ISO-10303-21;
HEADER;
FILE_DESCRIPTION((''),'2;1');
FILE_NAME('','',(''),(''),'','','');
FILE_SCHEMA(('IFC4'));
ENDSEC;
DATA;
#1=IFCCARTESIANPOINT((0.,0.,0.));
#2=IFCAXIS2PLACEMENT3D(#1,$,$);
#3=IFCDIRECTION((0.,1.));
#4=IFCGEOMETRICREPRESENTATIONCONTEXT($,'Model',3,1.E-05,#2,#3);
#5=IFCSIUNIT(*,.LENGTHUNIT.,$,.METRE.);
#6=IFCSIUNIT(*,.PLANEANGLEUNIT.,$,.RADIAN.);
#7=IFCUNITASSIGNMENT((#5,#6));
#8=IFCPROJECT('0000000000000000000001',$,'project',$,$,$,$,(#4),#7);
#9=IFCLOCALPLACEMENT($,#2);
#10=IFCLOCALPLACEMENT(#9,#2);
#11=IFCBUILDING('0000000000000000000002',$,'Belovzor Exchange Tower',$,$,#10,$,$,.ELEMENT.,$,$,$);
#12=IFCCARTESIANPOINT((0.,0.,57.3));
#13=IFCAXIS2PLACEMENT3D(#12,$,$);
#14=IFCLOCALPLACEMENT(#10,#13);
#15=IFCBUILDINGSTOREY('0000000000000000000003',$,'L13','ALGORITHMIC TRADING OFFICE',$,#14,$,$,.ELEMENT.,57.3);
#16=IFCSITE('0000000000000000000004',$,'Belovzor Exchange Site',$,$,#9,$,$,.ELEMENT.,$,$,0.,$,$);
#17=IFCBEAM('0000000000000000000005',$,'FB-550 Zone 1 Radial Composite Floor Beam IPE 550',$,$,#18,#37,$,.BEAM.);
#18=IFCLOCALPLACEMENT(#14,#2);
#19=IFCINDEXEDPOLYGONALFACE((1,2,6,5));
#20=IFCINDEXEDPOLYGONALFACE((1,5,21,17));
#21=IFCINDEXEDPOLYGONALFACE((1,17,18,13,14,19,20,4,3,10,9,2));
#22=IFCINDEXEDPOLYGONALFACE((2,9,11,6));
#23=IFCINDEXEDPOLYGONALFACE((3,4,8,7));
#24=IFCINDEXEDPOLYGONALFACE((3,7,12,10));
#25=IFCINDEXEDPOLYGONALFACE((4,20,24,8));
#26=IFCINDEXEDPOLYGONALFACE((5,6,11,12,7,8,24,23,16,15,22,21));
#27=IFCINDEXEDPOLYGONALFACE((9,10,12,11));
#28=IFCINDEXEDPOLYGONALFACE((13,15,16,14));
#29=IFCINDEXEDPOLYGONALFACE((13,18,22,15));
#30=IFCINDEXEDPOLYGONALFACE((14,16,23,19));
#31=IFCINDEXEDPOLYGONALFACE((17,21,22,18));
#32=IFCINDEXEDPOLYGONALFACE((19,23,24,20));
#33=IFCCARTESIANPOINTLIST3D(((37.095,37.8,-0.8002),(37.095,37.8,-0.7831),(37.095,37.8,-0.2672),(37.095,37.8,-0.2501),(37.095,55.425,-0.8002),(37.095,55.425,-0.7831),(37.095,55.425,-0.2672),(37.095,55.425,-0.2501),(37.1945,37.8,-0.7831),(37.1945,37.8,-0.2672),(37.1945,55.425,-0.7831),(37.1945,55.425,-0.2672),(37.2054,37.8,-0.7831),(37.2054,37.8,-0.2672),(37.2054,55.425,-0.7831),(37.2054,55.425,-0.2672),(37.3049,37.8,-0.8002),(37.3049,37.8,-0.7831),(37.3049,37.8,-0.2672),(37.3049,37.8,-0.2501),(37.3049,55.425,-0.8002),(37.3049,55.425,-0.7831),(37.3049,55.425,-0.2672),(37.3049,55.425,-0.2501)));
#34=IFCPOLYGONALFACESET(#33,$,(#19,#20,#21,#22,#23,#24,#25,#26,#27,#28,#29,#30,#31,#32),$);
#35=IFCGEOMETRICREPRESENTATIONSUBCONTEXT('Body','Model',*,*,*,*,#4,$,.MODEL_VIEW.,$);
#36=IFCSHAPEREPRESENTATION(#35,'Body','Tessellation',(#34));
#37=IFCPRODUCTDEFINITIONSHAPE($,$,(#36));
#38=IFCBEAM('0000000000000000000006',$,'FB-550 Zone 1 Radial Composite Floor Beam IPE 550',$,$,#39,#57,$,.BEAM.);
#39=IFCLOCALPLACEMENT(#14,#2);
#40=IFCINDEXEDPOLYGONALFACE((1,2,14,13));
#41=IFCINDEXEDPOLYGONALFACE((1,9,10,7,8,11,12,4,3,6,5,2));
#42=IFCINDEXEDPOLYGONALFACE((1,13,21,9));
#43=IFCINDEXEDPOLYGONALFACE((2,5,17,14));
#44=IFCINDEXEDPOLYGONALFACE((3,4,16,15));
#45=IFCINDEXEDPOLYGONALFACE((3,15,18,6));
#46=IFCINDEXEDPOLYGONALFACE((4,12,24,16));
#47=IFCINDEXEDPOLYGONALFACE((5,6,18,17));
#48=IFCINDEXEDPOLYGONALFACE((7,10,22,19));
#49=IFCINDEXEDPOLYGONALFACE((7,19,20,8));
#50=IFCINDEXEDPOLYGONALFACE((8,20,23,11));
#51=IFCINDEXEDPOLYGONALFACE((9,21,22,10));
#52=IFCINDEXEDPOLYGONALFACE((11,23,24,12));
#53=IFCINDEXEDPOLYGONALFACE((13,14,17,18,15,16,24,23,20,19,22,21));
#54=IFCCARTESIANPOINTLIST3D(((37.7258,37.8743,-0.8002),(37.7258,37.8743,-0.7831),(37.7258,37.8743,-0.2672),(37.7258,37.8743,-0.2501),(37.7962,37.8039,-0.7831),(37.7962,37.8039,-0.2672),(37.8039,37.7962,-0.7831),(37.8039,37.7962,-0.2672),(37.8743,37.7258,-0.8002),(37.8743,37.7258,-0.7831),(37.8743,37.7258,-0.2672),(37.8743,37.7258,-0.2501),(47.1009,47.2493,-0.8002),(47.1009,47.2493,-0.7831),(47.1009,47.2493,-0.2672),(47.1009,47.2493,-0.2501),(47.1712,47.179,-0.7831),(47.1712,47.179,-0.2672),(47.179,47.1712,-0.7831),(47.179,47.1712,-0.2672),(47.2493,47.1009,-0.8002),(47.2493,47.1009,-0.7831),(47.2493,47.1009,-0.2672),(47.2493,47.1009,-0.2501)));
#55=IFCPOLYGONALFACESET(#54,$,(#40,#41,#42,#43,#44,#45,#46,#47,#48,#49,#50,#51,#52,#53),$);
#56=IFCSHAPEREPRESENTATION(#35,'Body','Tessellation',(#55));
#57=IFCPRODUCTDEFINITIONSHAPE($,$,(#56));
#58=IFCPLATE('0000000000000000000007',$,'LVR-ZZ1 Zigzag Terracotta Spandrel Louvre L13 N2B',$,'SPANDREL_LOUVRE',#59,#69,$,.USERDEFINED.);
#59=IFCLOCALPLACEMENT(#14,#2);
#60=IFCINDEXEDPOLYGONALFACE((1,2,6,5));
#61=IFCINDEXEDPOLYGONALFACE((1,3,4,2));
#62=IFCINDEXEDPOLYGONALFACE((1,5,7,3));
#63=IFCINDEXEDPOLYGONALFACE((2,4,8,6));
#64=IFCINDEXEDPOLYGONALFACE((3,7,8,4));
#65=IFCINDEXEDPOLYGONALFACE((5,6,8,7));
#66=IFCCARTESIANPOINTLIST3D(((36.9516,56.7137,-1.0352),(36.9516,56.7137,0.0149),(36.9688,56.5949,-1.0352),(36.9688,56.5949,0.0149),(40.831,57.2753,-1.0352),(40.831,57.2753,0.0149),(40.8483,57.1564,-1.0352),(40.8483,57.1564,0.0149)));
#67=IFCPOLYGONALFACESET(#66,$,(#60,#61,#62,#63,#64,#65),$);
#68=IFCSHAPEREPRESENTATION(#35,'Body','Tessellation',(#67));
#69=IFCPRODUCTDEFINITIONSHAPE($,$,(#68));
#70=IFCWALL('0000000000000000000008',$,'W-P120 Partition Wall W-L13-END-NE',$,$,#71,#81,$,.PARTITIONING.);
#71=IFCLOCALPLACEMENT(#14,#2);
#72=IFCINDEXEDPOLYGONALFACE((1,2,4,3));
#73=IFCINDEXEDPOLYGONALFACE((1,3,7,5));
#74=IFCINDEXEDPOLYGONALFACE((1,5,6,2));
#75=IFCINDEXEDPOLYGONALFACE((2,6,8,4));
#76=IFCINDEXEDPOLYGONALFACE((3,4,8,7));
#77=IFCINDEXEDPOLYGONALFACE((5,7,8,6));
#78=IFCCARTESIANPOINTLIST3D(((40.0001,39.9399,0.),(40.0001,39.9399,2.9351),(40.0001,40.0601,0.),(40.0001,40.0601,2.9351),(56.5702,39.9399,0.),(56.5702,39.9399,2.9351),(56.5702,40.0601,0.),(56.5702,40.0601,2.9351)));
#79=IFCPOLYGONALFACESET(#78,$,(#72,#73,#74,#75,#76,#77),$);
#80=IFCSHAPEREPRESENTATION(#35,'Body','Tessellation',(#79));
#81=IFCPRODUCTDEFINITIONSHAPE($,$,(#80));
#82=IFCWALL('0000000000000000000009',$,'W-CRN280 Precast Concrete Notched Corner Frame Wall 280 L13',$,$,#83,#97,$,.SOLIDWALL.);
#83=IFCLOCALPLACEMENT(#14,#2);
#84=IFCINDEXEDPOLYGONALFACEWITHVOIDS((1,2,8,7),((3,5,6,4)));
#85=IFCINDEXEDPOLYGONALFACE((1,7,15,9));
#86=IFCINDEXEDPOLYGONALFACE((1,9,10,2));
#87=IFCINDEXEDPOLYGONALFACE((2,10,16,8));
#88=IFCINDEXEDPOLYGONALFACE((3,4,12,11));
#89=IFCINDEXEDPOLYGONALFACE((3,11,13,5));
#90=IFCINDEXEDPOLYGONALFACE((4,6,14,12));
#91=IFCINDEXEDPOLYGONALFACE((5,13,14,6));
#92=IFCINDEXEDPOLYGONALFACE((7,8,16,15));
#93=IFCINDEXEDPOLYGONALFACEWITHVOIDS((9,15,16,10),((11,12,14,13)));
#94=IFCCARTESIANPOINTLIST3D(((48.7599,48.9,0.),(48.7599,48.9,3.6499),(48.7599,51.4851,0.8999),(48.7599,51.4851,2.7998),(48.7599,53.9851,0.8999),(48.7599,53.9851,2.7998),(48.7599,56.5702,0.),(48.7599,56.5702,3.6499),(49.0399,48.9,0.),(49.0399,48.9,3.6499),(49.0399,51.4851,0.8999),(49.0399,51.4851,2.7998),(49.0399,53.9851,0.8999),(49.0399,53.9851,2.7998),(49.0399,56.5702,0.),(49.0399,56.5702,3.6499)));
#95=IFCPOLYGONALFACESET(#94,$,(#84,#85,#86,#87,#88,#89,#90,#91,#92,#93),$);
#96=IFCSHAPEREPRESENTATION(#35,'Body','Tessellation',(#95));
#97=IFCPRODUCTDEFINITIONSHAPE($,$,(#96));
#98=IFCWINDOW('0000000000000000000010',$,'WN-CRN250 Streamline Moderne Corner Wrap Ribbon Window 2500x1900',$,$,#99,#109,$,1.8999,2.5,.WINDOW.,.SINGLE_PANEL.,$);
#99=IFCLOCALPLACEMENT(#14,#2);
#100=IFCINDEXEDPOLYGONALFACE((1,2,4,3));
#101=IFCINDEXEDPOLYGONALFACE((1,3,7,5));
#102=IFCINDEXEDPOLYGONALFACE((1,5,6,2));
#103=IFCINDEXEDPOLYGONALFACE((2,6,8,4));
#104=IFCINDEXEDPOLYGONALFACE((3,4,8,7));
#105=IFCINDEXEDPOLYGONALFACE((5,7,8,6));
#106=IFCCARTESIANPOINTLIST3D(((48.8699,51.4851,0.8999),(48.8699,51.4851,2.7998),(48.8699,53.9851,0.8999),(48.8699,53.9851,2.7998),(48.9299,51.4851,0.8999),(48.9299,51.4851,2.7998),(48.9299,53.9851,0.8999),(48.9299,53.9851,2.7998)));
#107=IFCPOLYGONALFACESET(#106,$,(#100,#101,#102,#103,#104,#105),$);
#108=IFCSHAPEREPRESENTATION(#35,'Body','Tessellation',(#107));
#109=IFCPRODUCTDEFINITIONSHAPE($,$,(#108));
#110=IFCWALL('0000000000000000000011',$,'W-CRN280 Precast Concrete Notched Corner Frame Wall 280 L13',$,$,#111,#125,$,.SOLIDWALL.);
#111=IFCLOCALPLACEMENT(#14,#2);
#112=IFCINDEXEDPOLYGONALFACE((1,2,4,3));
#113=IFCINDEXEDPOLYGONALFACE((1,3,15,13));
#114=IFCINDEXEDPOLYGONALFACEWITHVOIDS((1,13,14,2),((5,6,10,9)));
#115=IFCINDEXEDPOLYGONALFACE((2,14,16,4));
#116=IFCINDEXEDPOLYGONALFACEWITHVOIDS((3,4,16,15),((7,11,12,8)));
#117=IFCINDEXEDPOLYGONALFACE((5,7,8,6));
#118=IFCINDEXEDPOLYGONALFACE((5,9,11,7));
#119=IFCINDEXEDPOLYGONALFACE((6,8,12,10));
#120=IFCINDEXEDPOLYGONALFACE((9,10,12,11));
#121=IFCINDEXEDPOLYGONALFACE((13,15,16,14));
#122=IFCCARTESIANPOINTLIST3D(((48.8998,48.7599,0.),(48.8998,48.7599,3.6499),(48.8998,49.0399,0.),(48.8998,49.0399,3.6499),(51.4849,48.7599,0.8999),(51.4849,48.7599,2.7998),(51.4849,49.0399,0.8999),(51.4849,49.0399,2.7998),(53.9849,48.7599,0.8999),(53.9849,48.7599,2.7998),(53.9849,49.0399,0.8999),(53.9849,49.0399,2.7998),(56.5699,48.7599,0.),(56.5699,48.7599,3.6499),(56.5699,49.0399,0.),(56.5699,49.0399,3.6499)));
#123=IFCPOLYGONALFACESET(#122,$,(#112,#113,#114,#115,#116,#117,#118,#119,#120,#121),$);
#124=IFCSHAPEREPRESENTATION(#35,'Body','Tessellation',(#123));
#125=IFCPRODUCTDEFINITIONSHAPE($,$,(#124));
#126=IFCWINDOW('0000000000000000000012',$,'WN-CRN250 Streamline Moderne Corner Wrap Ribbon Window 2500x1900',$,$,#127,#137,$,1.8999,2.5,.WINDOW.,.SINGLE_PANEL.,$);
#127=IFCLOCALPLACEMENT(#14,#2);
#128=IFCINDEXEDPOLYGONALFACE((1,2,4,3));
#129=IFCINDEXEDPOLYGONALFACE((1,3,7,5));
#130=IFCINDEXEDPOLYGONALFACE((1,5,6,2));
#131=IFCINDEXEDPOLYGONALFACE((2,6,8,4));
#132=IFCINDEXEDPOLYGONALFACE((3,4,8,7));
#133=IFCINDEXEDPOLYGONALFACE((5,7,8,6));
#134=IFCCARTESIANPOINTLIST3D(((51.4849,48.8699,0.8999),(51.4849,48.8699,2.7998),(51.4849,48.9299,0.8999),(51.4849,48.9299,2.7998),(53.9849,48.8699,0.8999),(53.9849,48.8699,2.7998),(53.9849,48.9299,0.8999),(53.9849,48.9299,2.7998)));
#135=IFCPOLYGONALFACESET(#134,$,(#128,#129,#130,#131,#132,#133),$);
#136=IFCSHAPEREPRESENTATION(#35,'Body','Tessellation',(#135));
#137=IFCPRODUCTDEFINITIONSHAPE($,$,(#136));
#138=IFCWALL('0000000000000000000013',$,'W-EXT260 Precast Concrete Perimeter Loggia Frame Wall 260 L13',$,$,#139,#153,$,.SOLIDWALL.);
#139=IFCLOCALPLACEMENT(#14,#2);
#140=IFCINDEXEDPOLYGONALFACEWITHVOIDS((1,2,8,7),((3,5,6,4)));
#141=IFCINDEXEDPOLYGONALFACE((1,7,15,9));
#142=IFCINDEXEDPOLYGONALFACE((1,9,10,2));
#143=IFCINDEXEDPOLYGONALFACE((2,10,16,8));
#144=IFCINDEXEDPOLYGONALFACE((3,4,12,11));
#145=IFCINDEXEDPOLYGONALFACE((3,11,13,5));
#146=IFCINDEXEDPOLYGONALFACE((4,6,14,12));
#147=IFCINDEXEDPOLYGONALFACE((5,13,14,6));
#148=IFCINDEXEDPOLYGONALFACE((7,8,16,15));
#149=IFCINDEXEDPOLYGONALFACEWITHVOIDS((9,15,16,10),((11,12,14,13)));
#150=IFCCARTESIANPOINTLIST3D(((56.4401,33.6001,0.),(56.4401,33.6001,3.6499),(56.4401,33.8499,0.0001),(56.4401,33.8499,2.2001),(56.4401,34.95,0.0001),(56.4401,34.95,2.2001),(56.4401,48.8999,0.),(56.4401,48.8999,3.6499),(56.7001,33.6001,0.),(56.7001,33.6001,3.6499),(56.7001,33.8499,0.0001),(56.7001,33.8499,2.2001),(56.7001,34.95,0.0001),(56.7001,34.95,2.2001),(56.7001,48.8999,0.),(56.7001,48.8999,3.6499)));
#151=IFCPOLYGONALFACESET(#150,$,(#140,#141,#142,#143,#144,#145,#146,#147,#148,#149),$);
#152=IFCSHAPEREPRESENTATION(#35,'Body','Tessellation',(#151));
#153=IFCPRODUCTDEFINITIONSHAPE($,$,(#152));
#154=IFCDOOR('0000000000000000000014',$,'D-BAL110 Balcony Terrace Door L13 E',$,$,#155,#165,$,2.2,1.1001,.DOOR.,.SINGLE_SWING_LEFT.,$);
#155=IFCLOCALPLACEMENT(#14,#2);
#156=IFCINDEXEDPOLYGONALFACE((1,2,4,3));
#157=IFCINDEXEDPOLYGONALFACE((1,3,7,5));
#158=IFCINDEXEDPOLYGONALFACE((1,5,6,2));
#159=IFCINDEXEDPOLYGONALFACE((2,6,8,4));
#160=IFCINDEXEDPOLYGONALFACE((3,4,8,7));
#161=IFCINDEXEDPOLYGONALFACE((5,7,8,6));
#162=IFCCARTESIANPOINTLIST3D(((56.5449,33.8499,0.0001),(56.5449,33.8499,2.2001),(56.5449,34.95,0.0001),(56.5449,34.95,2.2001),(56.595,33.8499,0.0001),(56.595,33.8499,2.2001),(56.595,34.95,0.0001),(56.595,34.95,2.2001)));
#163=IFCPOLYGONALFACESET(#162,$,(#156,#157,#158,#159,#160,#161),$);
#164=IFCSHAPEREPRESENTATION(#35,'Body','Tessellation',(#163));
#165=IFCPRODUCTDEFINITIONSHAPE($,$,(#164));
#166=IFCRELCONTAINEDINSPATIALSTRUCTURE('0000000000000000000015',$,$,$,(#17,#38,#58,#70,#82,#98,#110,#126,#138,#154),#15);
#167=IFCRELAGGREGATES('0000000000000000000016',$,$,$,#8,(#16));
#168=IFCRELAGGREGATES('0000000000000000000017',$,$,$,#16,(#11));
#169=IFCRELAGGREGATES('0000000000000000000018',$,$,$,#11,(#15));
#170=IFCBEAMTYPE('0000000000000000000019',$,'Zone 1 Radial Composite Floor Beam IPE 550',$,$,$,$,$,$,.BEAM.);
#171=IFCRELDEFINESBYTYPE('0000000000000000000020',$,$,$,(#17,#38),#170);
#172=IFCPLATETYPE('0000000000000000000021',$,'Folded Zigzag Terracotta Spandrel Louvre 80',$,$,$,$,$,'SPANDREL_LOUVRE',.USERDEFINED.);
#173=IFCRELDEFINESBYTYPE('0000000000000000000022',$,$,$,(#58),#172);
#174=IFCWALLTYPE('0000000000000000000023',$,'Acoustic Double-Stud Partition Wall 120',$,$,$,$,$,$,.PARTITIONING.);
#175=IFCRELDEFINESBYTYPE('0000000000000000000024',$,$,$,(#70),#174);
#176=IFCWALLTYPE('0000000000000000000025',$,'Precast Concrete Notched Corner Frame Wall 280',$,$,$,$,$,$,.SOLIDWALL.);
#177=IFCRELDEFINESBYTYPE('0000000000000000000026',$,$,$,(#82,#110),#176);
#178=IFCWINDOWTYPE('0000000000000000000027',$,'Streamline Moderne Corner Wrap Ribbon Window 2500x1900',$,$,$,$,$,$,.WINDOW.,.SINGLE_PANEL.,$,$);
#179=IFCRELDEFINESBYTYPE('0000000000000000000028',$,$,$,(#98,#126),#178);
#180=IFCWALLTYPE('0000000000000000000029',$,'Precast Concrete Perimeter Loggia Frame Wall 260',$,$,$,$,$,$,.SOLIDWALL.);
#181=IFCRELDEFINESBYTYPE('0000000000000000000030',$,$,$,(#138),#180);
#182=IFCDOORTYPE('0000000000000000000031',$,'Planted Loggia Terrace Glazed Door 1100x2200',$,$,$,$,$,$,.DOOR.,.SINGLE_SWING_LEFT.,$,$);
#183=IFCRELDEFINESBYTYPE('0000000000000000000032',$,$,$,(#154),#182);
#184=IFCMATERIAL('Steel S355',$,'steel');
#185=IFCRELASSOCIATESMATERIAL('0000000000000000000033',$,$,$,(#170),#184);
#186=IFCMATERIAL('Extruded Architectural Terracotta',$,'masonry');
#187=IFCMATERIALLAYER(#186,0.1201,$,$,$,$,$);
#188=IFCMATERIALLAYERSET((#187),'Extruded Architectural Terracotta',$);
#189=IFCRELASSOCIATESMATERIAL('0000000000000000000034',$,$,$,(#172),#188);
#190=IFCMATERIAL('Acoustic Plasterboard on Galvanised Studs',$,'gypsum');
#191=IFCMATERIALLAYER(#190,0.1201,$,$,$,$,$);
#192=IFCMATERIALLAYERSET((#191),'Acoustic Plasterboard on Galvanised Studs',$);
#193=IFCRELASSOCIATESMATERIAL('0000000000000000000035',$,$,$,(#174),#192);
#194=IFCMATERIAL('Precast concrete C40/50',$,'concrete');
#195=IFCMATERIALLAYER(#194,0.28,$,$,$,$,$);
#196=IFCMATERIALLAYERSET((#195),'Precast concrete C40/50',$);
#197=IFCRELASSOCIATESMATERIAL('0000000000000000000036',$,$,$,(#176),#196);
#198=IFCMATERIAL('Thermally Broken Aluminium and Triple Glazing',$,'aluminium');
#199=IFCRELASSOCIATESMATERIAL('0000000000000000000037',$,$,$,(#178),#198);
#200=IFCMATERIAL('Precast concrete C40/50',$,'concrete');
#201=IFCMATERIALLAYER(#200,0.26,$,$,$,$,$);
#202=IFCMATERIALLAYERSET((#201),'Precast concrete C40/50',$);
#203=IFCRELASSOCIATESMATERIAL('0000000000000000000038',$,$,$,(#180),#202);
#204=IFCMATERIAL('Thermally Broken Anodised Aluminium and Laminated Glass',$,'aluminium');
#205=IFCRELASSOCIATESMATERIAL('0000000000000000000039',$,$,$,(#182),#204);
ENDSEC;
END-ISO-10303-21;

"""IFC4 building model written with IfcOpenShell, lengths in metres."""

from ifc_helpers import new_model, si_unit, direction, frame, frame_2d, origin, origin_2d, place, context, subcontext, project, spatial, rectangle, i_section, extrude, material, layer, layer_set, material_profile, profile_set, type_object, element, fill, save


model = new_model("IFC4")

# Units and contexts
model_context = context("Model", 3, precision=1e-05, world=origin(), true_north=direction((0.0, 1.0)))
body_context = subcontext(model_context, "Body", "Model", "MODEL_VIEW")
ifc_project = project(units=[si_unit("LENGTHUNIT", "METRE"), si_unit("PLANEANGLEUNIT", "RADIAN")], contexts=[model_context])

# Site, building, storey
site_placement = place(None, origin())
site = spatial("IfcSite", under=ifc_project, at=site_placement, Name="Belovzor Exchange Site", CompositionType="ELEMENT", RefElevation=0.0)
building_placement = place(site_placement, origin())
building = spatial("IfcBuilding", under=site, at=building_placement, Name="Belovzor Exchange Tower", CompositionType="ELEMENT")
storey_placement = place(building_placement, frame((0.0, 0.0, 57.3)))
storey = spatial("IfcBuildingStorey", under=building, at=storey_placement, Name="L13", Description="ALGORITHMIC TRADING OFFICE", CompositionType="ELEMENT", Elevation=57.3)

# Beams
ifc_material_1 = material(Name="Steel S355", Category="steel")
ifc_material_profile_1 = material_profile(ifc_material_1, i_section(OverallWidth=0.21, OverallDepth=0.55, WebThickness=0.011, FlangeThickness=0.0171, at=origin_2d()))
ifc_profile_set_1 = profile_set([ifc_material_profile_1], Name="Steel S355")
beam_type_1 = type_object("IfcBeamType", Name="Zone 1 Radial Composite Floor Beam IPE 550", PredefinedType="BEAM", material=ifc_profile_set_1)
beam_1_placement = place(storey_placement, frame((37.2, 37.8, -0.5251), z_axis=(0.0, 1.0, 0.0), x_axis=(-1.0, 0.0, 0.0)))
element("IfcBeam", 1, at=beam_1_placement, inside=storey, type_object=beam_type_1, Name="FB-550 Zone 1 Radial Composite Floor Beam IPE 550", PredefinedType="BEAM", context=body_context, shape_type="SweptSolid", body=[
    extrude(i_section(OverallWidth=0.21, OverallDepth=0.55, WebThickness=0.011, FlangeThickness=0.0171, at=origin_2d()), origin(), (0.0, 0.0, 1.0), 17.625),
])
beam_2_placement = place(storey_placement, frame((37.8, 37.8, -0.5251), z_axis=(0.707107, 0.707107, 0.0), x_axis=(-0.707107, 0.707107, 0.0)))
element("IfcBeam", 2, at=beam_2_placement, inside=storey, type_object=beam_type_1, Name="FB-550 Zone 1 Radial Composite Floor Beam IPE 550", PredefinedType="BEAM", context=body_context, shape_type="SweptSolid", body=[
    extrude(i_section(OverallWidth=0.21, OverallDepth=0.55, WebThickness=0.011, FlangeThickness=0.0171, at=origin_2d()), origin(), (0.0, 0.0, 1.0), 13.2583),
])

# Plate
ifc_material_2 = material(Name="Extruded Architectural Terracotta", Category="masonry")
ifc_layer_1 = layer(ifc_material_2, 0.1201)
ifc_layer_set_1 = layer_set([ifc_layer_1], Name="Extruded Architectural Terracotta")
plate_type = type_object("IfcPlateType", Name="Folded Zigzag Terracotta Spandrel Louvre 80", ElementType="SPANDREL_LOUVRE", PredefinedType="USERDEFINED", material=ifc_layer_set_1)
plate_placement = place(storey_placement, frame((38.8999, 56.9351, -1.0352), z_axis=(0.0, 0.0, 1.0), x_axis=(0.989686, 0.143251, 0.0)))
element("IfcPlate", 3, at=plate_placement, inside=storey, type_object=plate_type, Name="LVR-ZZ1 Zigzag Terracotta Spandrel Louvre L13 N2B", ObjectType="SPANDREL_LOUVRE", PredefinedType="USERDEFINED", context=body_context, shape_type="SweptSolid", body=[
    extrude(rectangle(XDim=3.9199, YDim=0.1201, at=origin_2d()), origin(), (0.0, 0.0, 1.0), 1.05),
])

# Wall
ifc_material_3 = material(Name="Acoustic Plasterboard on Galvanised Studs", Category="gypsum")
ifc_layer_2 = layer(ifc_material_3, 0.1201)
ifc_layer_set_2 = layer_set([ifc_layer_2], Name="Acoustic Plasterboard on Galvanised Studs")
wall_type_1 = type_object("IfcWallType", Name="Acoustic Double-Stud Partition Wall 120", PredefinedType="PARTITIONING", material=ifc_layer_set_2)
wall_1_placement = place(storey_placement, frame((40.0, 40.0, 0.0), z_axis=(0.0, 0.0, 1.0), x_axis=(1.0, 0.0, 0.0)))
element("IfcWall", 4, at=wall_1_placement, inside=storey, type_object=wall_type_1, Name="W-P120 Partition Wall W-L13-END-NE", PredefinedType="PARTITIONING", context=body_context, shape_type="SweptSolid", body=[
    extrude(rectangle(XDim=16.5701, YDim=0.1201, at=frame_2d((8.2852, 0.0))), origin(), (0.0, 0.0, 1.0), 2.9351),
])

# Walls, openings, windows
ifc_material_4 = material(Name="Precast concrete C40/50", Category="concrete")
ifc_layer_3 = layer(ifc_material_4, 0.28)
ifc_layer_set_3 = layer_set([ifc_layer_3], Name="Precast concrete C40/50")
wall_type_2 = type_object("IfcWallType", Name="Precast Concrete Notched Corner Frame Wall 280", PredefinedType="SOLIDWALL", material=ifc_layer_set_3)
wall_2_placement = place(storey_placement, frame((48.8999, 56.5701, 0.0), z_axis=(0.0, 0.0, 1.0), x_axis=(0.0, -1.0, 0.0)))
wall_2 = element("IfcWall", 5, at=wall_2_placement, inside=storey, type_object=wall_type_2, Name="W-CRN280 Precast Concrete Notched Corner Frame Wall 280 L13", PredefinedType="SOLIDWALL", context=body_context, shape_type="SweptSolid", body=[
    extrude(rectangle(XDim=7.6702, YDim=0.28, at=frame_2d((3.835, 0.0))), origin(), (0.0, 0.0, 1.0), 3.6499),
])
opening_1_placement = place(wall_2_placement, frame((2.585, 0.0, 0.8999)))
opening_1 = element("IfcOpeningElement", 6, at=opening_1_placement, cuts=wall_2, PredefinedType="OPENING", context=body_context, shape_type="SweptSolid", body=[
    extrude(rectangle(XDim=2.5, YDim=1.8999, at=frame_2d((1.25, 0.95))), frame((0.0, 0.1499, 0.0), z_axis=(0.0, -1.0, 0.0), x_axis=(1.0, 0.0, 0.0)), (0.0, 0.0, 1.0), 0.3),
])
ifc_material_5 = material(Name="Thermally Broken Aluminium and Triple Glazing", Category="aluminium")
window_type = type_object("IfcWindowType", Name="Streamline Moderne Corner Wrap Ribbon Window 2500x1900", PartitioningType="SINGLE_PANEL", PredefinedType="WINDOW", material=ifc_material_5)
window_1_placement = place(opening_1_placement, origin())
window_1 = element("IfcWindow", 7, at=window_1_placement, inside=storey, type_object=window_type, Name="WN-CRN250 Streamline Moderne Corner Wrap Ribbon Window 2500x1900", OverallHeight=1.8999, OverallWidth=2.5, PartitioningType="SINGLE_PANEL", PredefinedType="WINDOW", context=body_context, shape_type="SweptSolid", body=[
    extrude(rectangle(XDim=2.5, YDim=1.8999, at=frame_2d((1.25, 0.95))), frame((0.0, 0.03, 0.0), z_axis=(0.0, -1.0, 0.0), x_axis=(1.0, 0.0, 0.0)), (0.0, 0.0, 1.0), 0.0601),
])
fill(opening_1, window_1)
wall_3_placement = place(storey_placement, frame((48.8999, 48.8999, 0.0), z_axis=(0.0, 0.0, 1.0), x_axis=(1.0, 0.0, 0.0)))
wall_3 = element("IfcWall", 8, at=wall_3_placement, inside=storey, type_object=wall_type_2, Name="W-CRN280 Precast Concrete Notched Corner Frame Wall 280 L13", PredefinedType="SOLIDWALL", context=body_context, shape_type="SweptSolid", body=[
    extrude(rectangle(XDim=7.6702, YDim=0.28, at=frame_2d((3.835, 0.0))), origin(), (0.0, 0.0, 1.0), 3.6499),
])
opening_2_placement = place(wall_3_placement, frame((2.585, 0.0, 0.8999)))
opening_2 = element("IfcOpeningElement", 9, at=opening_2_placement, cuts=wall_3, PredefinedType="OPENING", context=body_context, shape_type="SweptSolid", body=[
    extrude(rectangle(XDim=2.5, YDim=1.8999, at=frame_2d((1.25, 0.95))), frame((0.0, 0.1499, 0.0), z_axis=(0.0, -1.0, 0.0), x_axis=(1.0, 0.0, 0.0)), (0.0, 0.0, 1.0), 0.3),
])
window_2_placement = place(opening_2_placement, origin())
window_2 = element("IfcWindow", 10, at=window_2_placement, inside=storey, type_object=window_type, Name="WN-CRN250 Streamline Moderne Corner Wrap Ribbon Window 2500x1900", OverallHeight=1.8999, OverallWidth=2.5, PartitioningType="SINGLE_PANEL", PredefinedType="WINDOW", context=body_context, shape_type="SweptSolid", body=[
    extrude(rectangle(XDim=2.5, YDim=1.8999, at=frame_2d((1.25, 0.95))), frame((0.0, 0.03, 0.0), z_axis=(0.0, -1.0, 0.0), x_axis=(1.0, 0.0, 0.0)), (0.0, 0.0, 1.0), 0.0601),
])
fill(opening_2, window_2)

# Wall, opening, door
ifc_material_6 = material(Name="Precast concrete C40/50", Category="concrete")
ifc_layer_4 = layer(ifc_material_6, 0.26)
ifc_layer_set_4 = layer_set([ifc_layer_4], Name="Precast concrete C40/50")
wall_type_3 = type_object("IfcWallType", Name="Precast Concrete Perimeter Loggia Frame Wall 260", PredefinedType="SOLIDWALL", material=ifc_layer_set_4)
wall_4_placement = place(storey_placement, frame((56.5701, 48.8999, 0.0), z_axis=(0.0, 0.0, 1.0), x_axis=(0.0, -1.0, 0.0)))
wall_4 = element("IfcWall", 11, at=wall_4_placement, inside=storey, type_object=wall_type_3, Name="W-EXT260 Precast Concrete Perimeter Loggia Frame Wall 260 L13", PredefinedType="SOLIDWALL", context=body_context, shape_type="SweptSolid", body=[
    extrude(rectangle(XDim=15.2998, YDim=0.26, at=frame_2d((7.6499, 0.0))), origin(), (0.0, 0.0, 1.0), 3.6499),
])
opening_3_placement = place(wall_4_placement, frame((13.95, 0.0, 0.0)))
opening_3 = element("IfcOpeningElement", 12, at=opening_3_placement, cuts=wall_4, PredefinedType="OPENING", context=body_context, shape_type="SweptSolid", body=[
    extrude(rectangle(XDim=1.1001, YDim=2.2, at=frame_2d((0.55, 1.1001))), frame((0.0, 0.1399, 0.0), z_axis=(0.0, -1.0, 0.0), x_axis=(1.0, 0.0, 0.0)), (0.0, 0.0, 1.0), 0.28),
])
ifc_material_7 = material(Name="Thermally Broken Anodised Aluminium and Laminated Glass", Category="aluminium")
door_type = type_object("IfcDoorType", Name="Planted Loggia Terrace Glazed Door 1100x2200", OperationType="SINGLE_SWING_LEFT", PredefinedType="DOOR", material=ifc_material_7)
door_placement = place(opening_3_placement, origin())
door = element("IfcDoor", 13, at=door_placement, inside=storey, type_object=door_type, Name="D-BAL110 Balcony Terrace Door L13 E", OperationType="SINGLE_SWING_LEFT", OverallHeight=2.2, OverallWidth=1.1001, PredefinedType="DOOR", context=body_context, shape_type="SweptSolid", body=[
    extrude(rectangle(XDim=1.1001, YDim=2.2, at=frame_2d((0.55, 1.1001))), frame((0.0, 0.0249, 0.0), z_axis=(0.0, -1.0, 0.0), x_axis=(1.0, 0.0, 0.0)), (0.0, 0.0, 1.0), 0.05),
])
fill(opening_3, door)

save(model, "model.ifc")
